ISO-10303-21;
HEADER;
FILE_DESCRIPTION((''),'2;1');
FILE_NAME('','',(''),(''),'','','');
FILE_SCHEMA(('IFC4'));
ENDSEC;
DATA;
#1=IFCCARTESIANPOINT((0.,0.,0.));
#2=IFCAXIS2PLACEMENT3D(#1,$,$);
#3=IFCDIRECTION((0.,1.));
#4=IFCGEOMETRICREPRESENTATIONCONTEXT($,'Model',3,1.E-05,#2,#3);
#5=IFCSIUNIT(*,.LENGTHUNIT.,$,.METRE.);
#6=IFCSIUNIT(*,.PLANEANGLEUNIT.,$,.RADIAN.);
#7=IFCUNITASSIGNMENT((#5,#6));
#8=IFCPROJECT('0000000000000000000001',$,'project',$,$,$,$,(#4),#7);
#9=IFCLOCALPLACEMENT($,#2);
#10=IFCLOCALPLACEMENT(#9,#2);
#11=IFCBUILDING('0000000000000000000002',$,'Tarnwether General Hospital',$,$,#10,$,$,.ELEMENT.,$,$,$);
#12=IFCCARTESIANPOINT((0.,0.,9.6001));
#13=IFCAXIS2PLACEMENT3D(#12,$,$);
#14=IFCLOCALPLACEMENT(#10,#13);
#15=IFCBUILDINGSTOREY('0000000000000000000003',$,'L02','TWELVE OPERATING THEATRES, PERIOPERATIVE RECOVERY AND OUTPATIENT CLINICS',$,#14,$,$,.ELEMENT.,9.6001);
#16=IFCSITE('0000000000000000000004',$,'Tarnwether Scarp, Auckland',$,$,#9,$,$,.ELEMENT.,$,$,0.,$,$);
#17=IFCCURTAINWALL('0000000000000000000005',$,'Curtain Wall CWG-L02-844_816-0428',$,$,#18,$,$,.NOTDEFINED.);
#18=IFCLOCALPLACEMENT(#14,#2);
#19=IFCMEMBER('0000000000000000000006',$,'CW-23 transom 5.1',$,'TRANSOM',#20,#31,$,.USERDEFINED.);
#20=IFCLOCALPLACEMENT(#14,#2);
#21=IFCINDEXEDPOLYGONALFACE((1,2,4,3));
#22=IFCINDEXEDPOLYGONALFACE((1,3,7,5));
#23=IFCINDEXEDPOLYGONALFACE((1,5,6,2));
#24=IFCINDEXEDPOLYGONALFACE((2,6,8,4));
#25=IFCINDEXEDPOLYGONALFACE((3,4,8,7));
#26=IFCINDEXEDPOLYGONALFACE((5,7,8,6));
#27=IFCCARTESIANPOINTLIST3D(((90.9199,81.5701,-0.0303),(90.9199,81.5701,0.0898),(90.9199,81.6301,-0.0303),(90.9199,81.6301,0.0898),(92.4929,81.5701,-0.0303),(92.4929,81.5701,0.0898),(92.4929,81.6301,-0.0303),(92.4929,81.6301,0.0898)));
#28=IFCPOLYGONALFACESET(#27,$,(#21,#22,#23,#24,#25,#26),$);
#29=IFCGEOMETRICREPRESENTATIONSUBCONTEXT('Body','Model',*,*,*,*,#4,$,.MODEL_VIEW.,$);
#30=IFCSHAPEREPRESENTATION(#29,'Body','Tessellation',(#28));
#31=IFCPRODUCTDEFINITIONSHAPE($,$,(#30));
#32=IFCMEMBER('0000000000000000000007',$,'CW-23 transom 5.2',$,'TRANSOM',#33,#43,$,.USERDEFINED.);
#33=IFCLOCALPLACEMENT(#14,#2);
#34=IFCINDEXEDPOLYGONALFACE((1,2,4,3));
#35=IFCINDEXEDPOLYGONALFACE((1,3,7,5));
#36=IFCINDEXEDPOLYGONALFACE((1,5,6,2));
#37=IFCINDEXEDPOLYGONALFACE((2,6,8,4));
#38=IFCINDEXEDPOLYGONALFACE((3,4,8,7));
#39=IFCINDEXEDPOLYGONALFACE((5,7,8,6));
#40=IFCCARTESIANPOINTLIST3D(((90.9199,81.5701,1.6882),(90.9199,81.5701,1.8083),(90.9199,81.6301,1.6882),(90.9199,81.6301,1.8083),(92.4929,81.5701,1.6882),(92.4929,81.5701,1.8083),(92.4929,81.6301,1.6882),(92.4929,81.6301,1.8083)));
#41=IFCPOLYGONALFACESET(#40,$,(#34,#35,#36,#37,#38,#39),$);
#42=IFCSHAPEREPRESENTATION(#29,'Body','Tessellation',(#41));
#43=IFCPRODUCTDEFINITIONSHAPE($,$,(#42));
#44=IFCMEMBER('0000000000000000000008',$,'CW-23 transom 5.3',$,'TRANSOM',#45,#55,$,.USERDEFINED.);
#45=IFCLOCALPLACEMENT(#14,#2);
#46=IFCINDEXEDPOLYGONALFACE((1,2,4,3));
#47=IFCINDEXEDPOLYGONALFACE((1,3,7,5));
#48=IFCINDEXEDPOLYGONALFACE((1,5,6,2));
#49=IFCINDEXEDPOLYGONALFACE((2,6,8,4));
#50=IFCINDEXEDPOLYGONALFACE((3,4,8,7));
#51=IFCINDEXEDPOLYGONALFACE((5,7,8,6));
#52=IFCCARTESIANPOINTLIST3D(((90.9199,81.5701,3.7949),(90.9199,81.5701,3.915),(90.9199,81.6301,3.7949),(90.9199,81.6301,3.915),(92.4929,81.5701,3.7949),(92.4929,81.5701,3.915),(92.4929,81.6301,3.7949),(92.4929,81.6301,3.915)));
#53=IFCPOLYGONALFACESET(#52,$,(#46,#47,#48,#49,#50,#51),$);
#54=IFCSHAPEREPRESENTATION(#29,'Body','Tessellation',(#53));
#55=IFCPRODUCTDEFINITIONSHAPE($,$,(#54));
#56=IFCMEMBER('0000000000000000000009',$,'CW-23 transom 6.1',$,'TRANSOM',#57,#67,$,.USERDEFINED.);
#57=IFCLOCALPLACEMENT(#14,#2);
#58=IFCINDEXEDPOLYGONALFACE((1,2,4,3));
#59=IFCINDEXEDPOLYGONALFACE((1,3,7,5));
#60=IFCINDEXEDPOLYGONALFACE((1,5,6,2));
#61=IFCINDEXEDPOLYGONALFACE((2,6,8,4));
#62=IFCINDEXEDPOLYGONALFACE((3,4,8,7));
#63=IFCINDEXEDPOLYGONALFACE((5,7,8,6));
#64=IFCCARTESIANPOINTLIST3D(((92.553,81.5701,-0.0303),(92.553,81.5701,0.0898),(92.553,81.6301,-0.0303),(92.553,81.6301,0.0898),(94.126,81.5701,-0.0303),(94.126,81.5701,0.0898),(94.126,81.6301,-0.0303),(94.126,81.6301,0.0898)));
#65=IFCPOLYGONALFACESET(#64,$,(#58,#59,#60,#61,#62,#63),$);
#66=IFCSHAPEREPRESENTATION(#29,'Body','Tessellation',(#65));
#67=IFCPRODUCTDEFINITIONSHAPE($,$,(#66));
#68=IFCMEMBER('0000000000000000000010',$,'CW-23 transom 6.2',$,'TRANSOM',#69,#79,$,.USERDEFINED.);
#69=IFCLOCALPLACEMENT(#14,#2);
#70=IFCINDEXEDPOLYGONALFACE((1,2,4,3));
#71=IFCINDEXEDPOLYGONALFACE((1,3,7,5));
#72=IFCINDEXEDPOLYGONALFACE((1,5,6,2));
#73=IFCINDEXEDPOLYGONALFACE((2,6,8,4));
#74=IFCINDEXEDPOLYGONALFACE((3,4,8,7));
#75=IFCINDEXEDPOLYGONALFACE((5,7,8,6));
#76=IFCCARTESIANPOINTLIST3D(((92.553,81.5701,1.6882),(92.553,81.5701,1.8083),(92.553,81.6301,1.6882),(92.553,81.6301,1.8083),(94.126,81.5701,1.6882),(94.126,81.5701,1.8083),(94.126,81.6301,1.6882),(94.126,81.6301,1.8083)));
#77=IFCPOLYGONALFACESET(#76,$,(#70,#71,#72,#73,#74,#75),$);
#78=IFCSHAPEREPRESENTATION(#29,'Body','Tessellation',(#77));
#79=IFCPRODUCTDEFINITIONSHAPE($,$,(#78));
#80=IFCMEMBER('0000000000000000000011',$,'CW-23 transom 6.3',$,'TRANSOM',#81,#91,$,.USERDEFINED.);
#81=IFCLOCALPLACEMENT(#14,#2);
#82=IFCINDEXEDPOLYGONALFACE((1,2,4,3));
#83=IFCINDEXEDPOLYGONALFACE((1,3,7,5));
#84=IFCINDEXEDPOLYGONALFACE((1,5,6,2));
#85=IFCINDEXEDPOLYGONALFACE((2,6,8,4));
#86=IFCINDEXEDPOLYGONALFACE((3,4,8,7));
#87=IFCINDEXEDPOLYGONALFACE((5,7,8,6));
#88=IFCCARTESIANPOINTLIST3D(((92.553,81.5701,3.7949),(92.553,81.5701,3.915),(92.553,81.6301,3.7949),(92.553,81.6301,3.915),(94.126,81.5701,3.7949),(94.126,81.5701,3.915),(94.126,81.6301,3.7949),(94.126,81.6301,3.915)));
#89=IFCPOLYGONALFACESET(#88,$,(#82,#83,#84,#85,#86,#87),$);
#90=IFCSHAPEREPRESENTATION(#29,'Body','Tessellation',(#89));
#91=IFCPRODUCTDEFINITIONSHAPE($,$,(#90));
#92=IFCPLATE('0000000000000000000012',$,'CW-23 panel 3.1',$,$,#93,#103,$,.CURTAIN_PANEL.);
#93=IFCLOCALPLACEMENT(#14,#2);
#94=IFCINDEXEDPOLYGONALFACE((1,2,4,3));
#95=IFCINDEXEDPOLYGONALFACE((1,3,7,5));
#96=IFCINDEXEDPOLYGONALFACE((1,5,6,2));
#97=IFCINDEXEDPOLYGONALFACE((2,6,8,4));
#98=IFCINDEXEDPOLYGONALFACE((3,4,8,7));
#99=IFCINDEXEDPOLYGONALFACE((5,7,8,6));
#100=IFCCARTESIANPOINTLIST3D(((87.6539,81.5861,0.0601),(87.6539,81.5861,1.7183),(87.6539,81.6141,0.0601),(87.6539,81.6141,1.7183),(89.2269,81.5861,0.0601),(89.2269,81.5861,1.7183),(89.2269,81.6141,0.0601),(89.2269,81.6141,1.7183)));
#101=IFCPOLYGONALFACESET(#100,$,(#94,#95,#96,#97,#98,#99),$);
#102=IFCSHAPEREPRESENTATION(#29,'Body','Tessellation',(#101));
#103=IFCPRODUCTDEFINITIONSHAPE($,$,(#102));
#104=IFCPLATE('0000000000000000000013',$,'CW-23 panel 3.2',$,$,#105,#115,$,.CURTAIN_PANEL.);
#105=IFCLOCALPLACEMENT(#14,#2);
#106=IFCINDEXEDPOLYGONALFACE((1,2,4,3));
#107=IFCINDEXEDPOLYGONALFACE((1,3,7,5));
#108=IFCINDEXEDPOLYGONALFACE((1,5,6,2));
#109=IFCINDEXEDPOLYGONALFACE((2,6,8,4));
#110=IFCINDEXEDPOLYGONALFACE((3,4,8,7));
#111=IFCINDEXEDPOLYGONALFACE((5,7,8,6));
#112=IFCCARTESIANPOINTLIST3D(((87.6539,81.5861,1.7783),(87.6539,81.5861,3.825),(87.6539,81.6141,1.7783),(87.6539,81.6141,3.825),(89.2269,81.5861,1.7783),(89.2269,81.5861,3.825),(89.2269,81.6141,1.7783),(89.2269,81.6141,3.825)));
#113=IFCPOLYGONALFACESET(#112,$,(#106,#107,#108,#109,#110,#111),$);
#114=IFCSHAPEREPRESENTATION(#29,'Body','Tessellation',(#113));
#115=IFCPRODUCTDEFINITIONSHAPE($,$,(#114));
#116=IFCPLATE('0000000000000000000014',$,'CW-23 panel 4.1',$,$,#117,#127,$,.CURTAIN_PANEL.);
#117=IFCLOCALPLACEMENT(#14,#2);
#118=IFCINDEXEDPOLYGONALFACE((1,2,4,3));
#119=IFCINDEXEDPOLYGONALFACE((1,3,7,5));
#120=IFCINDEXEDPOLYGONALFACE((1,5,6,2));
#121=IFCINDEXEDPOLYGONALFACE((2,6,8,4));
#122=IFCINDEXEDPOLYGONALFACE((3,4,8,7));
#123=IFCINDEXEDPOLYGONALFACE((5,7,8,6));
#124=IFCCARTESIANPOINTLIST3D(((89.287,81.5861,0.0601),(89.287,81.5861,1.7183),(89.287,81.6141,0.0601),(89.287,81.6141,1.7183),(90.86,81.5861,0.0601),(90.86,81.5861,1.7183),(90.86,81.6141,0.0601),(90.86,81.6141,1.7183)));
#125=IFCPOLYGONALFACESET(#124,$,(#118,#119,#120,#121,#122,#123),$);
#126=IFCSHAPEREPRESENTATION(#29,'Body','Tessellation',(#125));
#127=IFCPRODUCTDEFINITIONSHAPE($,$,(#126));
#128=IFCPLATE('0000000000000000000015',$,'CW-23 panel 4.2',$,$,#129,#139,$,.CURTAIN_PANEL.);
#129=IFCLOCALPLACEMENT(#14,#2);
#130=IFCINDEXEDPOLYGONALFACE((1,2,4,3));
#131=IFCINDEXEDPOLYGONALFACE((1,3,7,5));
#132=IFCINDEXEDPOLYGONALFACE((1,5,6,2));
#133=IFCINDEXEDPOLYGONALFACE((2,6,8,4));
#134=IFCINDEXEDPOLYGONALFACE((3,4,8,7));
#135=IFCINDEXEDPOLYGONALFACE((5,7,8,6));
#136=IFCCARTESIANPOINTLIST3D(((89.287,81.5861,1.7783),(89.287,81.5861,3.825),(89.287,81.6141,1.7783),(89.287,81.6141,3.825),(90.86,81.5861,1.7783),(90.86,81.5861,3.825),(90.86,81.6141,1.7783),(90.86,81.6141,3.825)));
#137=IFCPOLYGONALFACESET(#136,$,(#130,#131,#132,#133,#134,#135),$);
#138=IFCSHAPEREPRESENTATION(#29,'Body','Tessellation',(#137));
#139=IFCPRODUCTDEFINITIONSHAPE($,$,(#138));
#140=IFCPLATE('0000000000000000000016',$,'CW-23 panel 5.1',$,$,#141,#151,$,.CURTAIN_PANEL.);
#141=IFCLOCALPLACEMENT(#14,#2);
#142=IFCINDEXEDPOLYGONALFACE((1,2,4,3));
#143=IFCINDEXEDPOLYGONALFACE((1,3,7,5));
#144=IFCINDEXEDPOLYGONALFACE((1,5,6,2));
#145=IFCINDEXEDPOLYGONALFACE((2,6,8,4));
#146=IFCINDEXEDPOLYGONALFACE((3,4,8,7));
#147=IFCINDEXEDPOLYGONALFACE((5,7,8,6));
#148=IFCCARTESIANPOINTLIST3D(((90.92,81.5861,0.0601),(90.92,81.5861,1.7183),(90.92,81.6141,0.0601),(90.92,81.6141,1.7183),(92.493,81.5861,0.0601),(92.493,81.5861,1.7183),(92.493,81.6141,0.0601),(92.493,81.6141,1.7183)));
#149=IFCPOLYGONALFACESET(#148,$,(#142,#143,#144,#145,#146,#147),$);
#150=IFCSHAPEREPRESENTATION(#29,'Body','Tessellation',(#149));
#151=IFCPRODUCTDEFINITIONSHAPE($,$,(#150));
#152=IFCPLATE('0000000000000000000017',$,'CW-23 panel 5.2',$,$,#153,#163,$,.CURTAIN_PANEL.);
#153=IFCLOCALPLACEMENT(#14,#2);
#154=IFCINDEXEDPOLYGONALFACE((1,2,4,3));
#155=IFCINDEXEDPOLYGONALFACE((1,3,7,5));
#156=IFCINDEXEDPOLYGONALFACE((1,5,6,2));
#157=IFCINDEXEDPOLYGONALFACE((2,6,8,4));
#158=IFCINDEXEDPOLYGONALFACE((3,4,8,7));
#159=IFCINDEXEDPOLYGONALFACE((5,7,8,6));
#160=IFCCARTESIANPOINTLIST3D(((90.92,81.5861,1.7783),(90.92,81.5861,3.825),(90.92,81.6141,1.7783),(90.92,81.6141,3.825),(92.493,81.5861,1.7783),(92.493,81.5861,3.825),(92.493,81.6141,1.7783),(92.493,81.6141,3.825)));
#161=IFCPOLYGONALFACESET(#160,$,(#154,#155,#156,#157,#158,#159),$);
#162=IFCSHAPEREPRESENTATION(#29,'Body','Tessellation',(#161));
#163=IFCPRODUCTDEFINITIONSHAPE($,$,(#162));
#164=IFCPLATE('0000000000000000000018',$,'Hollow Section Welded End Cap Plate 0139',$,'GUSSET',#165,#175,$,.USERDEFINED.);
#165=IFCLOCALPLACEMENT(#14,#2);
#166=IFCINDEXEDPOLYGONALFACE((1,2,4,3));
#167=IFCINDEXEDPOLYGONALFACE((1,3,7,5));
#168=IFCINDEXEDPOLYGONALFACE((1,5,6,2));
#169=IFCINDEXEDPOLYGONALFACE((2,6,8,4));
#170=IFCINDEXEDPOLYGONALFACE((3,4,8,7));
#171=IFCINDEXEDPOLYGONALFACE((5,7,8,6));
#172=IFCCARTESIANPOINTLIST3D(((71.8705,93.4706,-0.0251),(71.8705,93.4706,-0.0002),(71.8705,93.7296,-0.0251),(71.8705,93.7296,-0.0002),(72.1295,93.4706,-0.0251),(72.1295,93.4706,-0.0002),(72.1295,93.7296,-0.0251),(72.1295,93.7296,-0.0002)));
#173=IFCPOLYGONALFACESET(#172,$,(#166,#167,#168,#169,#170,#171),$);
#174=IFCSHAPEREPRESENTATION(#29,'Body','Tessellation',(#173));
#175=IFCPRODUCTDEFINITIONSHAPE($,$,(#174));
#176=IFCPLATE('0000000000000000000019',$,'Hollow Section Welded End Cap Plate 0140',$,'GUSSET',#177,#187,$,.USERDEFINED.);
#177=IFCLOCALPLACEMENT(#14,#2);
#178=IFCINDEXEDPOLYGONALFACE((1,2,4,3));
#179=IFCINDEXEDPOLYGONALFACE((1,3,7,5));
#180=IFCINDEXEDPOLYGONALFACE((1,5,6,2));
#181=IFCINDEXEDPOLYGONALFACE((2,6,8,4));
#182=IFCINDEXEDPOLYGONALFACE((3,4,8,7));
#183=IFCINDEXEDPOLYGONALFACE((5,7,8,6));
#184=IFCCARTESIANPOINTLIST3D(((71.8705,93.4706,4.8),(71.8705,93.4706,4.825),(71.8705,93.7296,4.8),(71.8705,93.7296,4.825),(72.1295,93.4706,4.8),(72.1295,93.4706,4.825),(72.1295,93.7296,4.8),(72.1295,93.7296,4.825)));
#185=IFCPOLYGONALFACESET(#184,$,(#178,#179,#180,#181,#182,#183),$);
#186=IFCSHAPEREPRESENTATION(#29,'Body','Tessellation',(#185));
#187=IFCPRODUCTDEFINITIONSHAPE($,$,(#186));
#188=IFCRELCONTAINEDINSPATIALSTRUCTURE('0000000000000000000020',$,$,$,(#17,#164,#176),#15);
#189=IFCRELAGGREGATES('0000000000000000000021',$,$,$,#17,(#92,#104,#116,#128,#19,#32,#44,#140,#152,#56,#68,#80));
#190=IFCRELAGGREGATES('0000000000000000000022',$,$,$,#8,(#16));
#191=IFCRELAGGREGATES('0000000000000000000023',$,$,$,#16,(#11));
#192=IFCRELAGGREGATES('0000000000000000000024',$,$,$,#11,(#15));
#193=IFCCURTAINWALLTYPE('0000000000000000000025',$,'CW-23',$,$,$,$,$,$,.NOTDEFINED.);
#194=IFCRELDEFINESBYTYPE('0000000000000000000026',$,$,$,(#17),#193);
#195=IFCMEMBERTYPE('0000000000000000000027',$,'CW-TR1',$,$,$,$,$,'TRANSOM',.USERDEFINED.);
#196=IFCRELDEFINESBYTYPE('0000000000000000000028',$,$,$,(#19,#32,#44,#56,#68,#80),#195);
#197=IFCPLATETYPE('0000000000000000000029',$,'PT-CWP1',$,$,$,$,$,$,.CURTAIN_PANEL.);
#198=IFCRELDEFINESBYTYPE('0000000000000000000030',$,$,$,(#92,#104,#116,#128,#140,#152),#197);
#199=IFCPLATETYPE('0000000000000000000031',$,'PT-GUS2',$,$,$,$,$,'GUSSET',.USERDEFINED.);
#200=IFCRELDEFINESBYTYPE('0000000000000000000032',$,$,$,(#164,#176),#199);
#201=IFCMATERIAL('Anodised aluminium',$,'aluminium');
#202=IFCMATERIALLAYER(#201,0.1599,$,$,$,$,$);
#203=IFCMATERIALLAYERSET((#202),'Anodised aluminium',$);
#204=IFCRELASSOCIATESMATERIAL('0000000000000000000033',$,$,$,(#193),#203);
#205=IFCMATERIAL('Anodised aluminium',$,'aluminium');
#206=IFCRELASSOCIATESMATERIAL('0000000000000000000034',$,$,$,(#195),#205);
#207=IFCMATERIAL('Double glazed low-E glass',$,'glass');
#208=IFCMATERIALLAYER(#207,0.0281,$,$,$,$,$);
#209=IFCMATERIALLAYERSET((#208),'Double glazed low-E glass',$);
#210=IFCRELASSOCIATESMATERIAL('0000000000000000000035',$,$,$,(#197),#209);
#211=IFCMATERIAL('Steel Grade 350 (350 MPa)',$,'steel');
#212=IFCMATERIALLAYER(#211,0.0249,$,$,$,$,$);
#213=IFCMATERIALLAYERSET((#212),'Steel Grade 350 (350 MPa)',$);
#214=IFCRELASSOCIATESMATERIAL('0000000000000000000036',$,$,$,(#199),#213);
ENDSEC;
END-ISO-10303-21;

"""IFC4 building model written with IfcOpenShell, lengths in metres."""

from ifc_helpers import new_model, si_unit, direction, frame, origin, origin_2d, place, context, subcontext, project, spatial, rectangle, extrude, material, layer, layer_set, material_profile, profile_set, type_object, element, aggregate, save


model = new_model("IFC4")

# Units and contexts
model_context = context("Model", 3, precision=1e-05, world=origin(), true_north=direction((0.0, 1.0)))
body_context = subcontext(model_context, "Body", "Model", "MODEL_VIEW")
ifc_project = project(units=[si_unit("LENGTHUNIT", "METRE"), si_unit("PLANEANGLEUNIT", "RADIAN")], contexts=[model_context])

# Site, building, storey
site_placement = place(None, origin())
site = spatial("IfcSite", under=ifc_project, at=site_placement, Name="Tarnwether Scarp, Auckland", CompositionType="ELEMENT", RefElevation=0.0)
building_placement = place(site_placement, origin())
building = spatial("IfcBuilding", under=site, at=building_placement, Name="Tarnwether General Hospital", CompositionType="ELEMENT")
storey_placement = place(building_placement, frame((0.0, 0.0, 9.6001)))
storey = spatial("IfcBuildingStorey", under=building, at=storey_placement, Name="L02", Description="TWELVE OPERATING THEATRES, PERIOPERATIVE RECOVERY AND OUTPATIENT CLINICS", CompositionType="ELEMENT", Elevation=9.6001)

# Curtain wall, members, plates
ifc_material_1 = material(Name="Anodised aluminium", Category="aluminium")
ifc_layer_1 = layer(ifc_material_1, 0.1599)
ifc_layer_set_1 = layer_set([ifc_layer_1], Name="Anodised aluminium")
curtain_wall_type = type_object("IfcCurtainWallType", Name="CW-23", PredefinedType="NOTDEFINED", material=ifc_layer_set_1)
curtain_wall_placement = place(storey_placement, origin())
curtain_wall = element("IfcCurtainWall", 1, at=curtain_wall_placement, inside=storey, type_object=curtain_wall_type, Name="Curtain Wall CWG-L02-844_816-0428", PredefinedType="NOTDEFINED")
ifc_material_2 = material(Name="Anodised aluminium", Category="aluminium")
ifc_material_profile_1 = material_profile(ifc_material_2, rectangle(XDim=0.0601, YDim=0.1201, at=origin_2d()), Name="ALU-TRN-60x120")
ifc_profile_set_1 = profile_set([ifc_material_profile_1], Name="Anodised aluminium")
member_type_1 = type_object("IfcMemberType", Name="CW-TR1", ElementType="TRANSOM", PredefinedType="USERDEFINED", material=ifc_profile_set_1)
member_1_placement = place(storey_placement, frame((90.9199, 81.6001, 0.0298), z_axis=(1.0, 0.0, 0.0), x_axis=(0.0, 1.0, 0.0)))
member_1 = element("IfcMember", 2, at=member_1_placement, type_object=member_type_1, Name="CW-23 transom 5.1", ObjectType="TRANSOM", PredefinedType="USERDEFINED", context=body_context, shape_type="SweptSolid", body=[
    extrude(rectangle(XDim=0.0601, YDim=0.1201, at=origin_2d()), origin(), (0.0, 0.0, 1.0), 1.573),
])
member_2_placement = place(storey_placement, frame((90.9199, 81.6001, 1.7483), z_axis=(1.0, 0.0, 0.0), x_axis=(0.0, 1.0, 0.0)))
member_2 = element("IfcMember", 3, at=member_2_placement, type_object=member_type_1, Name="CW-23 transom 5.2", ObjectType="TRANSOM", PredefinedType="USERDEFINED", context=body_context, shape_type="SweptSolid", body=[
    extrude(rectangle(XDim=0.0601, YDim=0.1201, at=origin_2d()), origin(), (0.0, 0.0, 1.0), 1.573),
])
member_3_placement = place(storey_placement, frame((90.9199, 81.6001, 3.855), z_axis=(1.0, 0.0, 0.0), x_axis=(0.0, 1.0, 0.0)))
member_3 = element("IfcMember", 4, at=member_3_placement, type_object=member_type_1, Name="CW-23 transom 5.3", ObjectType="TRANSOM", PredefinedType="USERDEFINED", context=body_context, shape_type="SweptSolid", body=[
    extrude(rectangle(XDim=0.0601, YDim=0.1201, at=origin_2d()), origin(), (0.0, 0.0, 1.0), 1.573),
])
member_4_placement = place(storey_placement, frame((92.553, 81.6001, 0.0298), z_axis=(1.0, 0.0, 0.0), x_axis=(0.0, 1.0, 0.0)))
member_4 = element("IfcMember", 5, at=member_4_placement, type_object=member_type_1, Name="CW-23 transom 6.1", ObjectType="TRANSOM", PredefinedType="USERDEFINED", context=body_context, shape_type="SweptSolid", body=[
    extrude(rectangle(XDim=0.0601, YDim=0.1201, at=origin_2d()), origin(), (0.0, 0.0, 1.0), 1.573),
])
member_5_placement = place(storey_placement, frame((92.553, 81.6001, 1.7483), z_axis=(1.0, 0.0, 0.0), x_axis=(0.0, 1.0, 0.0)))
member_5 = element("IfcMember", 6, at=member_5_placement, type_object=member_type_1, Name="CW-23 transom 6.2", ObjectType="TRANSOM", PredefinedType="USERDEFINED", context=body_context, shape_type="SweptSolid", body=[
    extrude(rectangle(XDim=0.0601, YDim=0.1201, at=origin_2d()), origin(), (0.0, 0.0, 1.0), 1.573),
])
member_6_placement = place(storey_placement, frame((92.553, 81.6001, 3.855), z_axis=(1.0, 0.0, 0.0), x_axis=(0.0, 1.0, 0.0)))
member_6 = element("IfcMember", 7, at=member_6_placement, type_object=member_type_1, Name="CW-23 transom 6.3", ObjectType="TRANSOM", PredefinedType="USERDEFINED", context=body_context, shape_type="SweptSolid", body=[
    extrude(rectangle(XDim=0.0601, YDim=0.1201, at=origin_2d()), origin(), (0.0, 0.0, 1.0), 1.573),
])
ifc_material_3 = material(Name="Double glazed low-E glass", Category="glass")
ifc_layer_2 = layer(ifc_material_3, 0.0281)
ifc_layer_set_2 = layer_set([ifc_layer_2], Name="Double glazed low-E glass")
plate_type_1 = type_object("IfcPlateType", Name="PT-CWP1", PredefinedType="CURTAIN_PANEL", material=ifc_layer_set_2)
plate_1_placement = place(storey_placement, frame((88.4404, 81.6001, 0.0601), z_axis=(0.0, 0.0, 1.0), x_axis=(1.0, 0.0, 0.0)))
plate_1 = element("IfcPlate", 8, at=plate_1_placement, type_object=plate_type_1, Name="CW-23 panel 3.1", PredefinedType="CURTAIN_PANEL", context=body_context, shape_type="SweptSolid", body=[
    extrude(rectangle(XDim=1.573, YDim=0.0281, at=origin_2d()), origin(), (0.0, 0.0, 1.0), 1.6582),
])
plate_2_placement = place(storey_placement, frame((88.4404, 81.6001, 1.7783), z_axis=(0.0, 0.0, 1.0), x_axis=(1.0, 0.0, 0.0)))
plate_2 = element("IfcPlate", 9, at=plate_2_placement, type_object=plate_type_1, Name="CW-23 panel 3.2", PredefinedType="CURTAIN_PANEL", context=body_context, shape_type="SweptSolid", body=[
    extrude(rectangle(XDim=1.573, YDim=0.0281, at=origin_2d()), origin(), (0.0, 0.0, 1.0), 2.0466),
])
plate_3_placement = place(storey_placement, frame((90.0735, 81.6001, 0.0601), z_axis=(0.0, 0.0, 1.0), x_axis=(1.0, 0.0, 0.0)))
plate_3 = element("IfcPlate", 10, at=plate_3_placement, type_object=plate_type_1, Name="CW-23 panel 4.1", PredefinedType="CURTAIN_PANEL", context=body_context, shape_type="SweptSolid", body=[
    extrude(rectangle(XDim=1.573, YDim=0.0281, at=origin_2d()), origin(), (0.0, 0.0, 1.0), 1.6582),
])
plate_4_placement = place(storey_placement, frame((90.0735, 81.6001, 1.7783), z_axis=(0.0, 0.0, 1.0), x_axis=(1.0, 0.0, 0.0)))
plate_4 = element("IfcPlate", 11, at=plate_4_placement, type_object=plate_type_1, Name="CW-23 panel 4.2", PredefinedType="CURTAIN_PANEL", context=body_context, shape_type="SweptSolid", body=[
    extrude(rectangle(XDim=1.573, YDim=0.0281, at=origin_2d()), origin(), (0.0, 0.0, 1.0), 2.0466),
])
plate_5_placement = place(storey_placement, frame((91.7065, 81.6001, 0.0601), z_axis=(0.0, 0.0, 1.0), x_axis=(1.0, 0.0, 0.0)))
plate_5 = element("IfcPlate", 12, at=plate_5_placement, type_object=plate_type_1, Name="CW-23 panel 5.1", PredefinedType="CURTAIN_PANEL", context=body_context, shape_type="SweptSolid", body=[
    extrude(rectangle(XDim=1.573, YDim=0.0281, at=origin_2d()), origin(), (0.0, 0.0, 1.0), 1.6582),
])
plate_6_placement = place(storey_placement, frame((91.7065, 81.6001, 1.7783), z_axis=(0.0, 0.0, 1.0), x_axis=(1.0, 0.0, 0.0)))
plate_6 = element("IfcPlate", 13, at=plate_6_placement, type_object=plate_type_1, Name="CW-23 panel 5.2", PredefinedType="CURTAIN_PANEL", context=body_context, shape_type="SweptSolid", body=[
    extrude(rectangle(XDim=1.573, YDim=0.0281, at=origin_2d()), origin(), (0.0, 0.0, 1.0), 2.0466),
])
aggregate(curtain_wall, [plate_1, plate_2, plate_3, plate_4, member_1, member_2, member_3, plate_5, plate_6, member_4, member_5, member_6])

# Plates
ifc_material_4 = material(Name="Steel Grade 350 (350 MPa)", Category="steel")
ifc_layer_3 = layer(ifc_material_4, 0.0249)
ifc_layer_set_3 = layer_set([ifc_layer_3], Name="Steel Grade 350 (350 MPa)")
plate_type_2 = type_object("IfcPlateType", Name="PT-GUS2", ElementType="GUSSET", PredefinedType="USERDEFINED", material=ifc_layer_set_3)
for number, where, z_axis, x_axis, name in (
    (14, (72.0, 93.6001, -0.0251), (0.0, 0.0, 1.0), (1.0, 0.0, 0.0), "Hollow Section Welded End Cap Plate 0139"),
    (15, (72.0, 93.6001, 4.8), (0.0, 0.0, 1.0), (1.0, 0.0, 0.0), "Hollow Section Welded End Cap Plate 0140"),
):
    element("IfcPlate", number, at=place(storey_placement, frame(where, z_axis=z_axis, x_axis=x_axis)), inside=storey, type_object=plate_type_2, Name=name, ObjectType="GUSSET", PredefinedType="USERDEFINED", context=body_context, shape_type="SweptSolid", body=[
        extrude(rectangle(XDim=0.259, YDim=0.259, at=origin_2d()), origin(), (0.0, 0.0, 1.0), 0.0249),
    ])

save(model, "model.ifc")
